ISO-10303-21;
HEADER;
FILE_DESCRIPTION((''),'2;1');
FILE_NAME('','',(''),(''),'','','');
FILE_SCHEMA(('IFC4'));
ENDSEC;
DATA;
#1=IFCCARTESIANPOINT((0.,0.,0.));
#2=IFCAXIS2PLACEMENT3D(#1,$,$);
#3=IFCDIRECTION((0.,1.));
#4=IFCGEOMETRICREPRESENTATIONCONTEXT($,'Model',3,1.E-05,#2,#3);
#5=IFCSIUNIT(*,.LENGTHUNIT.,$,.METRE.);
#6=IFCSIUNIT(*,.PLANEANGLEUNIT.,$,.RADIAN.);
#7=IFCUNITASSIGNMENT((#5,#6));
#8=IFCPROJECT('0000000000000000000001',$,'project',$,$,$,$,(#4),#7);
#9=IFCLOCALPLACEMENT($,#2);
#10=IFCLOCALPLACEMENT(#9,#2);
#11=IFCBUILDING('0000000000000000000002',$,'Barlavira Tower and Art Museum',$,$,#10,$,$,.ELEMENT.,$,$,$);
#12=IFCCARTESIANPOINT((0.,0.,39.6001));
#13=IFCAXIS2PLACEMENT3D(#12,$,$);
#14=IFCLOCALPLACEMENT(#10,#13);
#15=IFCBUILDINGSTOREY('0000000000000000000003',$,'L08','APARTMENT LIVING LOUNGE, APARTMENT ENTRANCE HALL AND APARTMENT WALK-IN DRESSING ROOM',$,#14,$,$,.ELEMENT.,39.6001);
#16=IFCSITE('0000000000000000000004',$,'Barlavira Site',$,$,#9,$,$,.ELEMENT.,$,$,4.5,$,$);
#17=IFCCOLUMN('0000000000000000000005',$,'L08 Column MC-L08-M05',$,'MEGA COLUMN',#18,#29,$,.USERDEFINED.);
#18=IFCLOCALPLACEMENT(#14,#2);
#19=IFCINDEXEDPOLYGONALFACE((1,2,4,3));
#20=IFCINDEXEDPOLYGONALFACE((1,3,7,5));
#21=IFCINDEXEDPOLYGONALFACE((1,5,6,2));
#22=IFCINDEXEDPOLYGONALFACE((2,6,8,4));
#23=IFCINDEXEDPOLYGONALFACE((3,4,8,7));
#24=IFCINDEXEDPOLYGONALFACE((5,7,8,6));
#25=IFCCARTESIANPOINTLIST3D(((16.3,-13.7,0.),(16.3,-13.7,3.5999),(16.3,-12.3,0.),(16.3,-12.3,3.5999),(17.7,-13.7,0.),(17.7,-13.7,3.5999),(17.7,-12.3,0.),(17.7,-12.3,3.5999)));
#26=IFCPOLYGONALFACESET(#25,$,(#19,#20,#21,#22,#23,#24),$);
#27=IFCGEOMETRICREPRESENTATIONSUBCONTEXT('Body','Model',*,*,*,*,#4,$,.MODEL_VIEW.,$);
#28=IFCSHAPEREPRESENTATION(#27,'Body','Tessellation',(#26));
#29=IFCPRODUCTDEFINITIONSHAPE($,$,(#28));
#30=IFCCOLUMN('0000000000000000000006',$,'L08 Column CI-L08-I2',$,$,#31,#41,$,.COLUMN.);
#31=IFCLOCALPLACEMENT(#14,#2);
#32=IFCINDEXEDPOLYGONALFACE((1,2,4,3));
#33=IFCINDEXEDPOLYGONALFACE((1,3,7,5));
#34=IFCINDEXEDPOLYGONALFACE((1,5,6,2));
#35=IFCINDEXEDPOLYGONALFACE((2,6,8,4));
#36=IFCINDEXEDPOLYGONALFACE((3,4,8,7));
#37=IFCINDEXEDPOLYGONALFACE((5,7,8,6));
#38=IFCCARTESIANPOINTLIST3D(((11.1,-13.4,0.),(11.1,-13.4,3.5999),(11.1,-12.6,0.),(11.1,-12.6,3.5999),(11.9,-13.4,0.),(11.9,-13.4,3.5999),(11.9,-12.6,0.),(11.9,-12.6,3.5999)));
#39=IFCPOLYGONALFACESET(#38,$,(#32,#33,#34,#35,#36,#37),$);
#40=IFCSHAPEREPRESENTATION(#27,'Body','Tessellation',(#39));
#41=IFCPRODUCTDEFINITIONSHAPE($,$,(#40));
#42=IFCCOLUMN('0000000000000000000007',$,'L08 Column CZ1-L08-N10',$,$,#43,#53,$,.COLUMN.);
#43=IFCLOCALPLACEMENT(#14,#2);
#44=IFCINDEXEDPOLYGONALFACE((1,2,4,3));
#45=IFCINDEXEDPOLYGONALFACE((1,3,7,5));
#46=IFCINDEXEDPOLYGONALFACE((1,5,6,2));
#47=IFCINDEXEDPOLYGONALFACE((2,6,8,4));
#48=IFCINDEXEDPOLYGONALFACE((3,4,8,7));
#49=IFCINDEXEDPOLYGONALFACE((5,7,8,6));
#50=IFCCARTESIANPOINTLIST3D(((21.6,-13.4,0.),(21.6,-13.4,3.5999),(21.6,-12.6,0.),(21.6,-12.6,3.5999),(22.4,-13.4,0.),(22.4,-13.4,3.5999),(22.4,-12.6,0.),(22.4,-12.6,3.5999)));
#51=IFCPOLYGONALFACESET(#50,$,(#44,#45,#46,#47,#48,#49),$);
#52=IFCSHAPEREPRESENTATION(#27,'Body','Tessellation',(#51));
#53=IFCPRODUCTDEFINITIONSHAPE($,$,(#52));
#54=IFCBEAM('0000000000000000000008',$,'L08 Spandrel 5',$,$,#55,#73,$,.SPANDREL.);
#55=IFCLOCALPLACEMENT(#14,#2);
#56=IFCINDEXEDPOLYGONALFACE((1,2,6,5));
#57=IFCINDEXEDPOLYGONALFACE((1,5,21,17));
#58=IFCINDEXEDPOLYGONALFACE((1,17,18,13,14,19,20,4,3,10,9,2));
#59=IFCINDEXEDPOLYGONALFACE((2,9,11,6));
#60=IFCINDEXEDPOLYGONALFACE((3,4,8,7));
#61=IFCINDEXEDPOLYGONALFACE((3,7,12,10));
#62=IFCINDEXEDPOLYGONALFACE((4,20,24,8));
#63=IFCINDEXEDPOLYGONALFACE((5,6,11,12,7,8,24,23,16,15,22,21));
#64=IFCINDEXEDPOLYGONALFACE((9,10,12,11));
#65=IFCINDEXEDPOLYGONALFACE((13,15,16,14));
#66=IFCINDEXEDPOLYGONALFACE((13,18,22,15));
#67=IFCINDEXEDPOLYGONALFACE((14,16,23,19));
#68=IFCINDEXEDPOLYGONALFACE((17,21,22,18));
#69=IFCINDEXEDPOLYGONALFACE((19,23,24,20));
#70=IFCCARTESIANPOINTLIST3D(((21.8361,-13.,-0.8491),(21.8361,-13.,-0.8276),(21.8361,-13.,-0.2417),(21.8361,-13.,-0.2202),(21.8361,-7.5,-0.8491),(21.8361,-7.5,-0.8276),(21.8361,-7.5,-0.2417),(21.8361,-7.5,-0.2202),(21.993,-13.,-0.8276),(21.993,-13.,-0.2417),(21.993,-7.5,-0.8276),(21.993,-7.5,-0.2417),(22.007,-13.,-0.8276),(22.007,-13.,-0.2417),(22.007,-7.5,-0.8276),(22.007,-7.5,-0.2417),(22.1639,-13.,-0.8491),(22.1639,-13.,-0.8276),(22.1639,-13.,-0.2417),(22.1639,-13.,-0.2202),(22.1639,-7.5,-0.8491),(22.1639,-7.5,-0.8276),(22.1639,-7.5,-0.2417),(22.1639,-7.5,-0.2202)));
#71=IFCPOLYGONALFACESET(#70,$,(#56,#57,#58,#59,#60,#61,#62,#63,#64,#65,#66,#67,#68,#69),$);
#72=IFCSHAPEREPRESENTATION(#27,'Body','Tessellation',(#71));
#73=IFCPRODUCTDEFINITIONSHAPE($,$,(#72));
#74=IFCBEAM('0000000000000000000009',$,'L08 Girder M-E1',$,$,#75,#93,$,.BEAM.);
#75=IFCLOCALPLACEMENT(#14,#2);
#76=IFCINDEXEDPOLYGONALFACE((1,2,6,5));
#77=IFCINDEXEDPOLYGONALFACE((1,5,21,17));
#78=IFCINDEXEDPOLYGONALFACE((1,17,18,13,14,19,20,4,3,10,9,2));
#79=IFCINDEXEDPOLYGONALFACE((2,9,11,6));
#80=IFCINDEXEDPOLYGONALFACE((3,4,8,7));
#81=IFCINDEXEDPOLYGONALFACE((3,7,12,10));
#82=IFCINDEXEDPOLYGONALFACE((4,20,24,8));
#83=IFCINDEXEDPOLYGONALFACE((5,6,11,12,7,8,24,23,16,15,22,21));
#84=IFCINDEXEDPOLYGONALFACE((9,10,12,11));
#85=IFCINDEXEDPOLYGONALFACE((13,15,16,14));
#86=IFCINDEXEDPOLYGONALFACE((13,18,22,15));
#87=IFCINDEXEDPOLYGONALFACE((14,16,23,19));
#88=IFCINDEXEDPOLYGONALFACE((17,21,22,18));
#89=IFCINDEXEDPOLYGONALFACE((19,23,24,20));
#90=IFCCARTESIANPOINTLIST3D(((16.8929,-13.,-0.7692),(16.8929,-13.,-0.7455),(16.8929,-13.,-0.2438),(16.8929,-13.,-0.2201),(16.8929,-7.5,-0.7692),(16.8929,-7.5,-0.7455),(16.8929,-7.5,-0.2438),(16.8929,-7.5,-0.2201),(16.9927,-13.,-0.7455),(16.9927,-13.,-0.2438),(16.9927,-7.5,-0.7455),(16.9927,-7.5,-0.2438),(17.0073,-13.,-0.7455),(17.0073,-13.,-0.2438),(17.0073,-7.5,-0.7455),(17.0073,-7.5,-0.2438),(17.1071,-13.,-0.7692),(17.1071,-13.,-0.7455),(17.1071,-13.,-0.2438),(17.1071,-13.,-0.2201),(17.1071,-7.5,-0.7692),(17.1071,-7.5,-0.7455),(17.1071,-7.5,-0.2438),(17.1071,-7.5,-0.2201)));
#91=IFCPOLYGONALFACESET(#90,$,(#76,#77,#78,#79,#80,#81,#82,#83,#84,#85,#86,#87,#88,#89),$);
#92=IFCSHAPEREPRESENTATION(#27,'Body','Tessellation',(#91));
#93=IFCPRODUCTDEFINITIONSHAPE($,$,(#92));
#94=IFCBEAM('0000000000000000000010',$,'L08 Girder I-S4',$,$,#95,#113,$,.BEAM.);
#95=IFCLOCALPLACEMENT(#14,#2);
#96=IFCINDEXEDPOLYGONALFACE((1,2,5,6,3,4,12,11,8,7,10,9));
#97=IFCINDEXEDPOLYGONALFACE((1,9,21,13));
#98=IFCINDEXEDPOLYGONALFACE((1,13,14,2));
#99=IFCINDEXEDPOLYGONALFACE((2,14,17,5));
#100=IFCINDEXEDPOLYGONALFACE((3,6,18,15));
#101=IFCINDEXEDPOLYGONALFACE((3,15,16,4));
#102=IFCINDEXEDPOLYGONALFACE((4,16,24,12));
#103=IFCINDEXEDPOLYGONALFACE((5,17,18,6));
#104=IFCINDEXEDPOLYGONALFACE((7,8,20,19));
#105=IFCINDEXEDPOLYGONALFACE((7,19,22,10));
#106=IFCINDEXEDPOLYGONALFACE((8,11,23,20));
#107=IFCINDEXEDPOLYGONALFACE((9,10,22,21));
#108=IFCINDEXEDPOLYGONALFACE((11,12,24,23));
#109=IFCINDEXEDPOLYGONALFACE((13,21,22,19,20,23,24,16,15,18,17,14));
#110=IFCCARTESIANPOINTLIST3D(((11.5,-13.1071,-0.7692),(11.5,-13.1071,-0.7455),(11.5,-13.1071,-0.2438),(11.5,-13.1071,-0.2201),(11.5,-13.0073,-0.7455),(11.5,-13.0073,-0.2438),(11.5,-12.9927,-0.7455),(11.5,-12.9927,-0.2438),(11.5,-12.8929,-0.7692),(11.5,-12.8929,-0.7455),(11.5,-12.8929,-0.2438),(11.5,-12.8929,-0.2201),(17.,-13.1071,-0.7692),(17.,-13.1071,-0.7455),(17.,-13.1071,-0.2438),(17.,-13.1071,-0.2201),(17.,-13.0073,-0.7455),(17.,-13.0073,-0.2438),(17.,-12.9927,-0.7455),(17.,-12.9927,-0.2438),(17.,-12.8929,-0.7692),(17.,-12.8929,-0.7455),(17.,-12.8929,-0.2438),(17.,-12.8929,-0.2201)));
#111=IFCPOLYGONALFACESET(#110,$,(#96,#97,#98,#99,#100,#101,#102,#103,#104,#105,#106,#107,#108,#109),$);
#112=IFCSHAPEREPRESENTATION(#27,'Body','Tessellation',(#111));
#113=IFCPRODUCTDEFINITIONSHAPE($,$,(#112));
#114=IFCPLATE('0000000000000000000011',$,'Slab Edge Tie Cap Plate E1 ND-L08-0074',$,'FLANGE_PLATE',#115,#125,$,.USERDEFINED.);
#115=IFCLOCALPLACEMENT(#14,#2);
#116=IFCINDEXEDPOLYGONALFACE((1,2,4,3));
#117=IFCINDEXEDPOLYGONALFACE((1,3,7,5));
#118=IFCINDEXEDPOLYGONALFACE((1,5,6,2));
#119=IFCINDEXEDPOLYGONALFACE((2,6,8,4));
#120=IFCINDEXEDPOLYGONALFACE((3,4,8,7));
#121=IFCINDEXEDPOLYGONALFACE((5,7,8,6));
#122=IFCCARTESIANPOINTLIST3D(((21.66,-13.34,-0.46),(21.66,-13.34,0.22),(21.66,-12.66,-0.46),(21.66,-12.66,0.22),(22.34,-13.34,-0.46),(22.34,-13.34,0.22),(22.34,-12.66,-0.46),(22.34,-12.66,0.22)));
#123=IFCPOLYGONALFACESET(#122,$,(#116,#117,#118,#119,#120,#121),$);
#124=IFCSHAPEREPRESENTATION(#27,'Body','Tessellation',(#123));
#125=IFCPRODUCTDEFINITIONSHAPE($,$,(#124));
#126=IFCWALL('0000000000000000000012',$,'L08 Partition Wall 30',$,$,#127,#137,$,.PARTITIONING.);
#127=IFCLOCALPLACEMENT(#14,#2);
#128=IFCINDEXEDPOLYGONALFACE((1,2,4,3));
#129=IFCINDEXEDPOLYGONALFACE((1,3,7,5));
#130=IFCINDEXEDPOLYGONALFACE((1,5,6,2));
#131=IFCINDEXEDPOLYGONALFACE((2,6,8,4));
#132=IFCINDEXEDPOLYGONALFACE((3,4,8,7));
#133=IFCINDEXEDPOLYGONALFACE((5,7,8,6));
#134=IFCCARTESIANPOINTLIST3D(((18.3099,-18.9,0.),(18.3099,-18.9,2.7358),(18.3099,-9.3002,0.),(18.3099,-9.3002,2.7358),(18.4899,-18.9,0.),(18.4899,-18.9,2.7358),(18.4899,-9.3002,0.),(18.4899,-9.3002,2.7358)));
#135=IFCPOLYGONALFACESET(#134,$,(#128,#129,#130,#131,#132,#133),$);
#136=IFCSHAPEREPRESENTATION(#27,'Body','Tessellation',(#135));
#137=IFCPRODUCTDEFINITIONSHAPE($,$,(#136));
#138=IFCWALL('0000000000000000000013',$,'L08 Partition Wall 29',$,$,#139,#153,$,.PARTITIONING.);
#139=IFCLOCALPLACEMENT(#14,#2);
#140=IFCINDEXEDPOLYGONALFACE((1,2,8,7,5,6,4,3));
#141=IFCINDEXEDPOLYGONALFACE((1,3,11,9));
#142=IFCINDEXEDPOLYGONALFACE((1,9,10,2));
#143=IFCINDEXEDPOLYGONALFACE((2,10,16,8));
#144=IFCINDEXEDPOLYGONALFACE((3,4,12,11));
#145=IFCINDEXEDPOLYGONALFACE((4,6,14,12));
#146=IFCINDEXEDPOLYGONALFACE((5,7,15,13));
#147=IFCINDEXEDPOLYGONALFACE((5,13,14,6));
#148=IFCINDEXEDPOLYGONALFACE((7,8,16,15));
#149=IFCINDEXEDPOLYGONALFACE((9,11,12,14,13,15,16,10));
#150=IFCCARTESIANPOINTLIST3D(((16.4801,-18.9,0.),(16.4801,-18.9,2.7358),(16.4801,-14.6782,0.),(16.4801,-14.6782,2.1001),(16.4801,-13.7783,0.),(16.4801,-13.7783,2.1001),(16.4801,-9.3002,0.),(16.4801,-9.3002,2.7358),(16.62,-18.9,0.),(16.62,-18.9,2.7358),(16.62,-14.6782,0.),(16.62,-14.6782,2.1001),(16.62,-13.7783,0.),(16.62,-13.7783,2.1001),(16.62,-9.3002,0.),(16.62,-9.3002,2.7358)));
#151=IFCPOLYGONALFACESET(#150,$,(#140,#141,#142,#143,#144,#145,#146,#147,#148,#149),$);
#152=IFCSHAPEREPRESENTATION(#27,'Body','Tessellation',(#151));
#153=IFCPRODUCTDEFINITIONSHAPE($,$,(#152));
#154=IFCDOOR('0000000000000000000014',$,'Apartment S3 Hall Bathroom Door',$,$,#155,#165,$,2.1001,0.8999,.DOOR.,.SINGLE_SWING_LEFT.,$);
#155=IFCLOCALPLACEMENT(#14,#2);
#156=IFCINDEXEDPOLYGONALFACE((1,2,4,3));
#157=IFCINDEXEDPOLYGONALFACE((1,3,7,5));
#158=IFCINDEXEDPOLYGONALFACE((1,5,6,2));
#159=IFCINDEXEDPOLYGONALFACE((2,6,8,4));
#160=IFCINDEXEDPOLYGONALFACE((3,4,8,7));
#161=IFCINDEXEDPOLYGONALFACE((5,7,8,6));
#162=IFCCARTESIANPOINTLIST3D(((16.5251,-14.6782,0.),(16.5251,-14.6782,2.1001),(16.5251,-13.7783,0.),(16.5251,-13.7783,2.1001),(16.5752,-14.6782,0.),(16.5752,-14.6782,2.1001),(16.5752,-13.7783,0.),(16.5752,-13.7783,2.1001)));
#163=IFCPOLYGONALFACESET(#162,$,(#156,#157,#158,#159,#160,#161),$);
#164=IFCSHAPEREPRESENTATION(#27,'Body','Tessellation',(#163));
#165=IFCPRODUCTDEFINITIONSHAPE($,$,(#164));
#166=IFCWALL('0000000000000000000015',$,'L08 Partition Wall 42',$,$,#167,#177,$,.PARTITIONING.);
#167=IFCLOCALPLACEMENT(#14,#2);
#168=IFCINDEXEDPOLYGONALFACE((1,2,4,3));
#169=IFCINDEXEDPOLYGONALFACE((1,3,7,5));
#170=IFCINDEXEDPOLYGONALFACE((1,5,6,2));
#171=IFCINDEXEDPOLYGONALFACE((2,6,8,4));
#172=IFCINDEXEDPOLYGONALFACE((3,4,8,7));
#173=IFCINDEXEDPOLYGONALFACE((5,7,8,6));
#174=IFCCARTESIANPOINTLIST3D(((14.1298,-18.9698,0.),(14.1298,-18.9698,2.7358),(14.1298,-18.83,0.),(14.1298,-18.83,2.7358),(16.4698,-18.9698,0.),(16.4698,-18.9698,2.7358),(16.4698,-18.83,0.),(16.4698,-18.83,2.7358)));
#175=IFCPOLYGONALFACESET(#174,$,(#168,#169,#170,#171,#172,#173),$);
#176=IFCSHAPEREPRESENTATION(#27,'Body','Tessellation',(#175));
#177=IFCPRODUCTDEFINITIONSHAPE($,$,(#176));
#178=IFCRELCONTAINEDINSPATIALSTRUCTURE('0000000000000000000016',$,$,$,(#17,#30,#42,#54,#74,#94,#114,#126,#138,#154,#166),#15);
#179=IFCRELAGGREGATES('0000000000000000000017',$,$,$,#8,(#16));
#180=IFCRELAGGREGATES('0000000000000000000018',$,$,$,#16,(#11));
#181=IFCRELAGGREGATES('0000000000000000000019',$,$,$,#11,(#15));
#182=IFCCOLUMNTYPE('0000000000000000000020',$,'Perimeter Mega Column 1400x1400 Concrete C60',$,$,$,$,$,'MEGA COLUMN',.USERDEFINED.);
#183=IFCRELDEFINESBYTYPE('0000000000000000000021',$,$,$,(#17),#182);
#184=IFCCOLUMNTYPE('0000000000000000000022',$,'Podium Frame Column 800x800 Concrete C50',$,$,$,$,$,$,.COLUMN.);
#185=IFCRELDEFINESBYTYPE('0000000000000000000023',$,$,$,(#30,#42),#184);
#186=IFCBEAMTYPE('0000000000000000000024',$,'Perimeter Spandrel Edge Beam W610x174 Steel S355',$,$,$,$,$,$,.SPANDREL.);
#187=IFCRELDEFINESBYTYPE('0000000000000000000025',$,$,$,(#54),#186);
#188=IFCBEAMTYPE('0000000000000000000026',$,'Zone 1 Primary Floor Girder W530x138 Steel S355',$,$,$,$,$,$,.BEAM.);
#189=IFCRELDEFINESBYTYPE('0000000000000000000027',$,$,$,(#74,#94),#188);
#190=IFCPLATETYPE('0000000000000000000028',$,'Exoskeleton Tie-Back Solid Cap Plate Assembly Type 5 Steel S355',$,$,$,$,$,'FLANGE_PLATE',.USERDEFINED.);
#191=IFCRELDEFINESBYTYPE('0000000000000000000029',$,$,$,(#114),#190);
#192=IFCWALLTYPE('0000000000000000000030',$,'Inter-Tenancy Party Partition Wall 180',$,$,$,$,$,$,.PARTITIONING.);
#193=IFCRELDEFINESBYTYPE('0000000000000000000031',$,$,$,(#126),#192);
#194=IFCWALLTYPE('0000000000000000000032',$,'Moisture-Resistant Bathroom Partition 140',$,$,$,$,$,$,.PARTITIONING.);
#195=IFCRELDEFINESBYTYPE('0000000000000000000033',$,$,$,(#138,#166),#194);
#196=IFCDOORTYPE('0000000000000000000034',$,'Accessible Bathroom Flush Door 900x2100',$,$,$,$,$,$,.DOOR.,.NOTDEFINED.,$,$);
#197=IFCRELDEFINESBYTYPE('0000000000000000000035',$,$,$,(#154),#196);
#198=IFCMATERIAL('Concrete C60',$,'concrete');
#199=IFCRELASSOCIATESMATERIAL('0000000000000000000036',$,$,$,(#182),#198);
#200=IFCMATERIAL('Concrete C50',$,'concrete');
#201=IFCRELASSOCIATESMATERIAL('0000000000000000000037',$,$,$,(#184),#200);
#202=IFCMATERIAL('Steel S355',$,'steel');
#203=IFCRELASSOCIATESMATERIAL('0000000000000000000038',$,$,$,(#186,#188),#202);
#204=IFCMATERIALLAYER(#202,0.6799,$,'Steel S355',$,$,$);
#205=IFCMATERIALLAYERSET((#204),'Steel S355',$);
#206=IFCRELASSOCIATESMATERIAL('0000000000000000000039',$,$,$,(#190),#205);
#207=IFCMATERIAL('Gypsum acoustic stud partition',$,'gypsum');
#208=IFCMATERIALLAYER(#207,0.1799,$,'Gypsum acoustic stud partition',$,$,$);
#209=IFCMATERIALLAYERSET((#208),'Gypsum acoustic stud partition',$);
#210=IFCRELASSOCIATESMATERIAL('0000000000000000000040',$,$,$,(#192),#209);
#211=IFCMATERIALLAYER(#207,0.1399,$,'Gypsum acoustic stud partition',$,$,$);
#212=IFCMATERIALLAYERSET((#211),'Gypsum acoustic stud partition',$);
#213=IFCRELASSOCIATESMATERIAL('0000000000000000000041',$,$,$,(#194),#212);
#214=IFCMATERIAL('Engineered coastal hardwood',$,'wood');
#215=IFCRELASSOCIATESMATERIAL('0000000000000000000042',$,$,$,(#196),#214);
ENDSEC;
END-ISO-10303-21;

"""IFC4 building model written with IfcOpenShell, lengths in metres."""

from ifc_helpers import new_model, si_unit, direction, frame, frame_2d, origin, origin_2d, place, context, subcontext, project, spatial, rectangle, i_section, extrude, material, layer, layer_set, material_profile, profile_set, type_object, element, fill, save


model = new_model("IFC4")

# Units and contexts
model_context = context("Model", 3, precision=1e-05, world=origin(), true_north=direction((0.0, 1.0)))
body_context = subcontext(model_context, "Body", "Model", "MODEL_VIEW")
ifc_project = project(units=[si_unit("LENGTHUNIT", "METRE"), si_unit("PLANEANGLEUNIT", "RADIAN")], contexts=[model_context])

# Site, building, storey
site_placement = place(None, origin())
site = spatial("IfcSite", under=ifc_project, at=site_placement, Name="Barlavira Site", CompositionType="ELEMENT", RefElevation=4.5)
building_placement = place(site_placement, origin())
building = spatial("IfcBuilding", under=site, at=building_placement, Name="Barlavira Tower and Art Museum", CompositionType="ELEMENT")
storey_placement = place(building_placement, frame((0.0, 0.0, 39.6001)))
storey = spatial("IfcBuildingStorey", under=building, at=storey_placement, Name="L08", Description="APARTMENT LIVING LOUNGE, APARTMENT ENTRANCE HALL AND APARTMENT WALK-IN DRESSING ROOM", CompositionType="ELEMENT", Elevation=39.6001)

# Columns
ifc_material_1 = material(Name="Concrete C60", Category="concrete")
ifc_material_profile_1 = material_profile(ifc_material_1, rectangle(XDim=1.3999, YDim=1.3999, at=origin_2d()), Name="RC-MCOL 1400x1400")
ifc_profile_set_1 = profile_set([ifc_material_profile_1], Name="Concrete C60")
column_type_1 = type_object("IfcColumnType", Name="Perimeter Mega Column 1400x1400 Concrete C60", ElementType="MEGA COLUMN", PredefinedType="USERDEFINED", material=ifc_profile_set_1)
column_placement = place(storey_placement, frame((17.0, -13.0, 0.0), z_axis=(0.0, 0.0, 1.0), x_axis=(1.0, 0.0, 0.0)))
element("IfcColumn", 1, at=column_placement, inside=storey, type_object=column_type_1, Name="L08 Column MC-L08-M05", ObjectType="MEGA COLUMN", PredefinedType="USERDEFINED", context=body_context, shape_type="SweptSolid", body=[
    extrude(rectangle(XDim=1.3999, YDim=1.3999, at=origin_2d()), origin(), (0.0, 0.0, 1.0), 3.5999),
])
ifc_material_2 = material(Name="Concrete C50", Category="concrete")
ifc_material_profile_2 = material_profile(ifc_material_2, rectangle(XDim=0.8, YDim=0.8, at=origin_2d()), Name="RC-COL 800x800")
ifc_profile_set_2 = profile_set([ifc_material_profile_2], Name="Concrete C50")
column_type_2 = type_object("IfcColumnType", Name="Podium Frame Column 800x800 Concrete C50", PredefinedType="COLUMN", material=ifc_profile_set_2)
for number, where, z_axis, x_axis, name in (
    (2, (11.5, -13.0, 0.0), (0.0, 0.0, 1.0), (1.0, 0.0, 0.0), "L08 Column CI-L08-I2"),
    (3, (22.0, -13.0, 0.0), (0.0, 0.0, 1.0), (1.0, 0.0, 0.0), "L08 Column CZ1-L08-N10"),
):
    element("IfcColumn", number, at=place(storey_placement, frame(where, z_axis=z_axis, x_axis=x_axis)), inside=storey, type_object=column_type_2, Name=name, PredefinedType="COLUMN", context=body_context, shape_type="SweptSolid", body=[
        extrude(rectangle(XDim=0.8, YDim=0.8, at=origin_2d()), origin(), (0.0, 0.0, 1.0), 3.5999),
    ])

# Beams
ifc_material_3 = material(Name="Steel S355", Category="steel")
ifc_material_profile_3 = material_profile(ifc_material_3, i_section(OverallWidth=0.3279, OverallDepth=0.6289, WebThickness=0.0139, FlangeThickness=0.0215, at=origin_2d()), Name="W610x174.0")
ifc_profile_set_3 = profile_set([ifc_material_profile_3], Name="Steel S355")
beam_type_1 = type_object("IfcBeamType", Name="Perimeter Spandrel Edge Beam W610x174 Steel S355", PredefinedType="SPANDREL", material=ifc_profile_set_3)
beam_placement = place(storey_placement, frame((22.0, -13.0, -0.5347), z_axis=(0.0, 1.0, 0.0), x_axis=(-1.0, 0.0, 0.0)))
element("IfcBeam", 4, at=beam_placement, inside=storey, type_object=beam_type_1, Name="L08 Spandrel 5", PredefinedType="SPANDREL", context=body_context, shape_type="SweptSolid", body=[
    extrude(i_section(OverallWidth=0.3279, OverallDepth=0.6289, WebThickness=0.0139, FlangeThickness=0.0215, at=origin_2d()), origin(), (0.0, 0.0, 1.0), 5.5),
])
ifc_material_profile_4 = material_profile(ifc_material_3, i_section(OverallWidth=0.2141, OverallDepth=0.5491, WebThickness=0.0146, FlangeThickness=0.0237, at=origin_2d()), Name="W530x138.0")
ifc_profile_set_4 = profile_set([ifc_material_profile_4], Name="Steel S355")
beam_type_2 = type_object("IfcBeamType", Name="Zone 1 Primary Floor Girder W530x138 Steel S355", PredefinedType="BEAM", material=ifc_profile_set_4)
for number, where, z_axis, x_axis, name in (
    (5, (17.0, -13.0, -0.4946), (0.0, 1.0, 0.0), (-1.0, 0.0, 0.0), "L08 Girder M-E1"),
    (6, (11.5, -13.0, -0.4946), (1.0, 0.0, 0.0), (0.0, 1.0, 0.0), "L08 Girder I-S4"),
):
    element("IfcBeam", number, at=place(storey_placement, frame(where, z_axis=z_axis, x_axis=x_axis)), inside=storey, type_object=beam_type_2, Name=name, PredefinedType="BEAM", context=body_context, shape_type="SweptSolid", body=[
        extrude(i_section(OverallWidth=0.2141, OverallDepth=0.5491, WebThickness=0.0146, FlangeThickness=0.0237, at=origin_2d()), origin(), (0.0, 0.0, 1.0), 5.5),
    ])

# Plate
ifc_layer_1 = layer(ifc_material_3, 0.6799, Name="Steel S355")
ifc_layer_set_1 = layer_set([ifc_layer_1], Name="Steel S355")
plate_type = type_object("IfcPlateType", Name="Exoskeleton Tie-Back Solid Cap Plate Assembly Type 5 Steel S355", ElementType="FLANGE_PLATE", PredefinedType="USERDEFINED", material=ifc_layer_set_1)
plate_placement = place(storey_placement, frame((22.0, -13.0, -0.46), z_axis=(0.0, 0.0, 1.0), x_axis=(1.0, 0.0, 0.0)))
element("IfcPlate", 7, at=plate_placement, inside=storey, type_object=plate_type, Name="Slab Edge Tie Cap Plate E1 ND-L08-0074", ObjectType="FLANGE_PLATE", PredefinedType="USERDEFINED", context=body_context, shape_type="SweptSolid", body=[
    extrude(rectangle(XDim=0.6799, YDim=0.6799, at=origin_2d()), origin(), (0.0, 0.0, 1.0), 0.6799),
])

# Wall
ifc_material_4 = material(Name="Gypsum acoustic stud partition", Category="gypsum")
ifc_layer_2 = layer(ifc_material_4, 0.1799, Name="Gypsum acoustic stud partition")
ifc_layer_set_2 = layer_set([ifc_layer_2], Name="Gypsum acoustic stud partition")
wall_type_1 = type_object("IfcWallType", Name="Inter-Tenancy Party Partition Wall 180", PredefinedType="PARTITIONING", material=ifc_layer_set_2)
wall_1_placement = place(storey_placement, frame((18.3999, -18.8999, 0.0), z_axis=(0.0, 0.0, 1.0), x_axis=(0.0, 1.0, 0.0)))
element("IfcWall", 8, at=wall_1_placement, inside=storey, type_object=wall_type_1, Name="L08 Partition Wall 30", PredefinedType="PARTITIONING", context=body_context, shape_type="SweptSolid", body=[
    extrude(rectangle(XDim=9.5999, YDim=0.1799, at=frame_2d((4.7998, 0.0))), origin(), (0.0, 0.0, 1.0), 2.7358),
])

# Wall, opening, door
ifc_layer_3 = layer(ifc_material_4, 0.1399, Name="Gypsum acoustic stud partition")
ifc_layer_set_3 = layer_set([ifc_layer_3], Name="Gypsum acoustic stud partition")
wall_type_2 = type_object("IfcWallType", Name="Moisture-Resistant Bathroom Partition 140", PredefinedType="PARTITIONING", material=ifc_layer_set_3)
wall_2_placement = place(storey_placement, frame((16.55, -18.8999, 0.0), z_axis=(0.0, 0.0, 1.0), x_axis=(0.0, 1.0, 0.0)))
wall_2 = element("IfcWall", 9, at=wall_2_placement, inside=storey, type_object=wall_type_2, Name="L08 Partition Wall 29", PredefinedType="PARTITIONING", context=body_context, shape_type="SweptSolid", body=[
    extrude(rectangle(XDim=9.5999, YDim=0.1399, at=frame_2d((4.7998, 0.0))), origin(), (0.0, 0.0, 1.0), 2.7358),
])
opening_placement = place(wall_2_placement, frame((4.2217, 0.0, 0.0)))
opening = element("IfcOpeningElement", 10, at=opening_placement, cuts=wall_2, PredefinedType="OPENING", context=body_context, shape_type="SweptSolid", body=[
    extrude(rectangle(XDim=0.8999, YDim=2.1001, at=frame_2d((0.45, 1.05))), frame((0.0, 0.0801, 0.0), z_axis=(0.0, -1.0, 0.0), x_axis=(1.0, 0.0, 0.0)), (0.0, 0.0, 1.0), 0.1599),
])
ifc_material_5 = material(Name="Engineered coastal hardwood", Category="wood")
door_type = type_object("IfcDoorType", Name="Accessible Bathroom Flush Door 900x2100", OperationType="NOTDEFINED", PredefinedType="DOOR", material=ifc_material_5)
door_placement = place(opening_placement, origin())
door = element("IfcDoor", 11, at=door_placement, inside=storey, type_object=door_type, Name="Apartment S3 Hall Bathroom Door", OperationType="SINGLE_SWING_LEFT", OverallHeight=2.1001, OverallWidth=0.8999, PredefinedType="DOOR", context=body_context, shape_type="SweptSolid", body=[
    extrude(rectangle(XDim=0.8999, YDim=2.1001, at=frame_2d((0.45, 1.05))), frame((0.0, 0.0249, 0.0), z_axis=(0.0, -1.0, 0.0), x_axis=(1.0, 0.0, 0.0)), (0.0, 0.0, 1.0), 0.05),
])
fill(opening, door)

# Wall
wall_3_placement = place(storey_placement, frame((14.1299, -18.8999, 0.0), z_axis=(0.0, 0.0, 1.0), x_axis=(1.0, 0.0, 0.0)))
element("IfcWall", 12, at=wall_3_placement, inside=storey, type_object=wall_type_2, Name="L08 Partition Wall 42", PredefinedType="PARTITIONING", context=body_context, shape_type="SweptSolid", body=[
    extrude(rectangle(XDim=2.3401, YDim=0.1399, at=frame_2d((1.1699, 0.0))), origin(), (0.0, 0.0, 1.0), 2.7358),
])

save(model, "model.ifc")
